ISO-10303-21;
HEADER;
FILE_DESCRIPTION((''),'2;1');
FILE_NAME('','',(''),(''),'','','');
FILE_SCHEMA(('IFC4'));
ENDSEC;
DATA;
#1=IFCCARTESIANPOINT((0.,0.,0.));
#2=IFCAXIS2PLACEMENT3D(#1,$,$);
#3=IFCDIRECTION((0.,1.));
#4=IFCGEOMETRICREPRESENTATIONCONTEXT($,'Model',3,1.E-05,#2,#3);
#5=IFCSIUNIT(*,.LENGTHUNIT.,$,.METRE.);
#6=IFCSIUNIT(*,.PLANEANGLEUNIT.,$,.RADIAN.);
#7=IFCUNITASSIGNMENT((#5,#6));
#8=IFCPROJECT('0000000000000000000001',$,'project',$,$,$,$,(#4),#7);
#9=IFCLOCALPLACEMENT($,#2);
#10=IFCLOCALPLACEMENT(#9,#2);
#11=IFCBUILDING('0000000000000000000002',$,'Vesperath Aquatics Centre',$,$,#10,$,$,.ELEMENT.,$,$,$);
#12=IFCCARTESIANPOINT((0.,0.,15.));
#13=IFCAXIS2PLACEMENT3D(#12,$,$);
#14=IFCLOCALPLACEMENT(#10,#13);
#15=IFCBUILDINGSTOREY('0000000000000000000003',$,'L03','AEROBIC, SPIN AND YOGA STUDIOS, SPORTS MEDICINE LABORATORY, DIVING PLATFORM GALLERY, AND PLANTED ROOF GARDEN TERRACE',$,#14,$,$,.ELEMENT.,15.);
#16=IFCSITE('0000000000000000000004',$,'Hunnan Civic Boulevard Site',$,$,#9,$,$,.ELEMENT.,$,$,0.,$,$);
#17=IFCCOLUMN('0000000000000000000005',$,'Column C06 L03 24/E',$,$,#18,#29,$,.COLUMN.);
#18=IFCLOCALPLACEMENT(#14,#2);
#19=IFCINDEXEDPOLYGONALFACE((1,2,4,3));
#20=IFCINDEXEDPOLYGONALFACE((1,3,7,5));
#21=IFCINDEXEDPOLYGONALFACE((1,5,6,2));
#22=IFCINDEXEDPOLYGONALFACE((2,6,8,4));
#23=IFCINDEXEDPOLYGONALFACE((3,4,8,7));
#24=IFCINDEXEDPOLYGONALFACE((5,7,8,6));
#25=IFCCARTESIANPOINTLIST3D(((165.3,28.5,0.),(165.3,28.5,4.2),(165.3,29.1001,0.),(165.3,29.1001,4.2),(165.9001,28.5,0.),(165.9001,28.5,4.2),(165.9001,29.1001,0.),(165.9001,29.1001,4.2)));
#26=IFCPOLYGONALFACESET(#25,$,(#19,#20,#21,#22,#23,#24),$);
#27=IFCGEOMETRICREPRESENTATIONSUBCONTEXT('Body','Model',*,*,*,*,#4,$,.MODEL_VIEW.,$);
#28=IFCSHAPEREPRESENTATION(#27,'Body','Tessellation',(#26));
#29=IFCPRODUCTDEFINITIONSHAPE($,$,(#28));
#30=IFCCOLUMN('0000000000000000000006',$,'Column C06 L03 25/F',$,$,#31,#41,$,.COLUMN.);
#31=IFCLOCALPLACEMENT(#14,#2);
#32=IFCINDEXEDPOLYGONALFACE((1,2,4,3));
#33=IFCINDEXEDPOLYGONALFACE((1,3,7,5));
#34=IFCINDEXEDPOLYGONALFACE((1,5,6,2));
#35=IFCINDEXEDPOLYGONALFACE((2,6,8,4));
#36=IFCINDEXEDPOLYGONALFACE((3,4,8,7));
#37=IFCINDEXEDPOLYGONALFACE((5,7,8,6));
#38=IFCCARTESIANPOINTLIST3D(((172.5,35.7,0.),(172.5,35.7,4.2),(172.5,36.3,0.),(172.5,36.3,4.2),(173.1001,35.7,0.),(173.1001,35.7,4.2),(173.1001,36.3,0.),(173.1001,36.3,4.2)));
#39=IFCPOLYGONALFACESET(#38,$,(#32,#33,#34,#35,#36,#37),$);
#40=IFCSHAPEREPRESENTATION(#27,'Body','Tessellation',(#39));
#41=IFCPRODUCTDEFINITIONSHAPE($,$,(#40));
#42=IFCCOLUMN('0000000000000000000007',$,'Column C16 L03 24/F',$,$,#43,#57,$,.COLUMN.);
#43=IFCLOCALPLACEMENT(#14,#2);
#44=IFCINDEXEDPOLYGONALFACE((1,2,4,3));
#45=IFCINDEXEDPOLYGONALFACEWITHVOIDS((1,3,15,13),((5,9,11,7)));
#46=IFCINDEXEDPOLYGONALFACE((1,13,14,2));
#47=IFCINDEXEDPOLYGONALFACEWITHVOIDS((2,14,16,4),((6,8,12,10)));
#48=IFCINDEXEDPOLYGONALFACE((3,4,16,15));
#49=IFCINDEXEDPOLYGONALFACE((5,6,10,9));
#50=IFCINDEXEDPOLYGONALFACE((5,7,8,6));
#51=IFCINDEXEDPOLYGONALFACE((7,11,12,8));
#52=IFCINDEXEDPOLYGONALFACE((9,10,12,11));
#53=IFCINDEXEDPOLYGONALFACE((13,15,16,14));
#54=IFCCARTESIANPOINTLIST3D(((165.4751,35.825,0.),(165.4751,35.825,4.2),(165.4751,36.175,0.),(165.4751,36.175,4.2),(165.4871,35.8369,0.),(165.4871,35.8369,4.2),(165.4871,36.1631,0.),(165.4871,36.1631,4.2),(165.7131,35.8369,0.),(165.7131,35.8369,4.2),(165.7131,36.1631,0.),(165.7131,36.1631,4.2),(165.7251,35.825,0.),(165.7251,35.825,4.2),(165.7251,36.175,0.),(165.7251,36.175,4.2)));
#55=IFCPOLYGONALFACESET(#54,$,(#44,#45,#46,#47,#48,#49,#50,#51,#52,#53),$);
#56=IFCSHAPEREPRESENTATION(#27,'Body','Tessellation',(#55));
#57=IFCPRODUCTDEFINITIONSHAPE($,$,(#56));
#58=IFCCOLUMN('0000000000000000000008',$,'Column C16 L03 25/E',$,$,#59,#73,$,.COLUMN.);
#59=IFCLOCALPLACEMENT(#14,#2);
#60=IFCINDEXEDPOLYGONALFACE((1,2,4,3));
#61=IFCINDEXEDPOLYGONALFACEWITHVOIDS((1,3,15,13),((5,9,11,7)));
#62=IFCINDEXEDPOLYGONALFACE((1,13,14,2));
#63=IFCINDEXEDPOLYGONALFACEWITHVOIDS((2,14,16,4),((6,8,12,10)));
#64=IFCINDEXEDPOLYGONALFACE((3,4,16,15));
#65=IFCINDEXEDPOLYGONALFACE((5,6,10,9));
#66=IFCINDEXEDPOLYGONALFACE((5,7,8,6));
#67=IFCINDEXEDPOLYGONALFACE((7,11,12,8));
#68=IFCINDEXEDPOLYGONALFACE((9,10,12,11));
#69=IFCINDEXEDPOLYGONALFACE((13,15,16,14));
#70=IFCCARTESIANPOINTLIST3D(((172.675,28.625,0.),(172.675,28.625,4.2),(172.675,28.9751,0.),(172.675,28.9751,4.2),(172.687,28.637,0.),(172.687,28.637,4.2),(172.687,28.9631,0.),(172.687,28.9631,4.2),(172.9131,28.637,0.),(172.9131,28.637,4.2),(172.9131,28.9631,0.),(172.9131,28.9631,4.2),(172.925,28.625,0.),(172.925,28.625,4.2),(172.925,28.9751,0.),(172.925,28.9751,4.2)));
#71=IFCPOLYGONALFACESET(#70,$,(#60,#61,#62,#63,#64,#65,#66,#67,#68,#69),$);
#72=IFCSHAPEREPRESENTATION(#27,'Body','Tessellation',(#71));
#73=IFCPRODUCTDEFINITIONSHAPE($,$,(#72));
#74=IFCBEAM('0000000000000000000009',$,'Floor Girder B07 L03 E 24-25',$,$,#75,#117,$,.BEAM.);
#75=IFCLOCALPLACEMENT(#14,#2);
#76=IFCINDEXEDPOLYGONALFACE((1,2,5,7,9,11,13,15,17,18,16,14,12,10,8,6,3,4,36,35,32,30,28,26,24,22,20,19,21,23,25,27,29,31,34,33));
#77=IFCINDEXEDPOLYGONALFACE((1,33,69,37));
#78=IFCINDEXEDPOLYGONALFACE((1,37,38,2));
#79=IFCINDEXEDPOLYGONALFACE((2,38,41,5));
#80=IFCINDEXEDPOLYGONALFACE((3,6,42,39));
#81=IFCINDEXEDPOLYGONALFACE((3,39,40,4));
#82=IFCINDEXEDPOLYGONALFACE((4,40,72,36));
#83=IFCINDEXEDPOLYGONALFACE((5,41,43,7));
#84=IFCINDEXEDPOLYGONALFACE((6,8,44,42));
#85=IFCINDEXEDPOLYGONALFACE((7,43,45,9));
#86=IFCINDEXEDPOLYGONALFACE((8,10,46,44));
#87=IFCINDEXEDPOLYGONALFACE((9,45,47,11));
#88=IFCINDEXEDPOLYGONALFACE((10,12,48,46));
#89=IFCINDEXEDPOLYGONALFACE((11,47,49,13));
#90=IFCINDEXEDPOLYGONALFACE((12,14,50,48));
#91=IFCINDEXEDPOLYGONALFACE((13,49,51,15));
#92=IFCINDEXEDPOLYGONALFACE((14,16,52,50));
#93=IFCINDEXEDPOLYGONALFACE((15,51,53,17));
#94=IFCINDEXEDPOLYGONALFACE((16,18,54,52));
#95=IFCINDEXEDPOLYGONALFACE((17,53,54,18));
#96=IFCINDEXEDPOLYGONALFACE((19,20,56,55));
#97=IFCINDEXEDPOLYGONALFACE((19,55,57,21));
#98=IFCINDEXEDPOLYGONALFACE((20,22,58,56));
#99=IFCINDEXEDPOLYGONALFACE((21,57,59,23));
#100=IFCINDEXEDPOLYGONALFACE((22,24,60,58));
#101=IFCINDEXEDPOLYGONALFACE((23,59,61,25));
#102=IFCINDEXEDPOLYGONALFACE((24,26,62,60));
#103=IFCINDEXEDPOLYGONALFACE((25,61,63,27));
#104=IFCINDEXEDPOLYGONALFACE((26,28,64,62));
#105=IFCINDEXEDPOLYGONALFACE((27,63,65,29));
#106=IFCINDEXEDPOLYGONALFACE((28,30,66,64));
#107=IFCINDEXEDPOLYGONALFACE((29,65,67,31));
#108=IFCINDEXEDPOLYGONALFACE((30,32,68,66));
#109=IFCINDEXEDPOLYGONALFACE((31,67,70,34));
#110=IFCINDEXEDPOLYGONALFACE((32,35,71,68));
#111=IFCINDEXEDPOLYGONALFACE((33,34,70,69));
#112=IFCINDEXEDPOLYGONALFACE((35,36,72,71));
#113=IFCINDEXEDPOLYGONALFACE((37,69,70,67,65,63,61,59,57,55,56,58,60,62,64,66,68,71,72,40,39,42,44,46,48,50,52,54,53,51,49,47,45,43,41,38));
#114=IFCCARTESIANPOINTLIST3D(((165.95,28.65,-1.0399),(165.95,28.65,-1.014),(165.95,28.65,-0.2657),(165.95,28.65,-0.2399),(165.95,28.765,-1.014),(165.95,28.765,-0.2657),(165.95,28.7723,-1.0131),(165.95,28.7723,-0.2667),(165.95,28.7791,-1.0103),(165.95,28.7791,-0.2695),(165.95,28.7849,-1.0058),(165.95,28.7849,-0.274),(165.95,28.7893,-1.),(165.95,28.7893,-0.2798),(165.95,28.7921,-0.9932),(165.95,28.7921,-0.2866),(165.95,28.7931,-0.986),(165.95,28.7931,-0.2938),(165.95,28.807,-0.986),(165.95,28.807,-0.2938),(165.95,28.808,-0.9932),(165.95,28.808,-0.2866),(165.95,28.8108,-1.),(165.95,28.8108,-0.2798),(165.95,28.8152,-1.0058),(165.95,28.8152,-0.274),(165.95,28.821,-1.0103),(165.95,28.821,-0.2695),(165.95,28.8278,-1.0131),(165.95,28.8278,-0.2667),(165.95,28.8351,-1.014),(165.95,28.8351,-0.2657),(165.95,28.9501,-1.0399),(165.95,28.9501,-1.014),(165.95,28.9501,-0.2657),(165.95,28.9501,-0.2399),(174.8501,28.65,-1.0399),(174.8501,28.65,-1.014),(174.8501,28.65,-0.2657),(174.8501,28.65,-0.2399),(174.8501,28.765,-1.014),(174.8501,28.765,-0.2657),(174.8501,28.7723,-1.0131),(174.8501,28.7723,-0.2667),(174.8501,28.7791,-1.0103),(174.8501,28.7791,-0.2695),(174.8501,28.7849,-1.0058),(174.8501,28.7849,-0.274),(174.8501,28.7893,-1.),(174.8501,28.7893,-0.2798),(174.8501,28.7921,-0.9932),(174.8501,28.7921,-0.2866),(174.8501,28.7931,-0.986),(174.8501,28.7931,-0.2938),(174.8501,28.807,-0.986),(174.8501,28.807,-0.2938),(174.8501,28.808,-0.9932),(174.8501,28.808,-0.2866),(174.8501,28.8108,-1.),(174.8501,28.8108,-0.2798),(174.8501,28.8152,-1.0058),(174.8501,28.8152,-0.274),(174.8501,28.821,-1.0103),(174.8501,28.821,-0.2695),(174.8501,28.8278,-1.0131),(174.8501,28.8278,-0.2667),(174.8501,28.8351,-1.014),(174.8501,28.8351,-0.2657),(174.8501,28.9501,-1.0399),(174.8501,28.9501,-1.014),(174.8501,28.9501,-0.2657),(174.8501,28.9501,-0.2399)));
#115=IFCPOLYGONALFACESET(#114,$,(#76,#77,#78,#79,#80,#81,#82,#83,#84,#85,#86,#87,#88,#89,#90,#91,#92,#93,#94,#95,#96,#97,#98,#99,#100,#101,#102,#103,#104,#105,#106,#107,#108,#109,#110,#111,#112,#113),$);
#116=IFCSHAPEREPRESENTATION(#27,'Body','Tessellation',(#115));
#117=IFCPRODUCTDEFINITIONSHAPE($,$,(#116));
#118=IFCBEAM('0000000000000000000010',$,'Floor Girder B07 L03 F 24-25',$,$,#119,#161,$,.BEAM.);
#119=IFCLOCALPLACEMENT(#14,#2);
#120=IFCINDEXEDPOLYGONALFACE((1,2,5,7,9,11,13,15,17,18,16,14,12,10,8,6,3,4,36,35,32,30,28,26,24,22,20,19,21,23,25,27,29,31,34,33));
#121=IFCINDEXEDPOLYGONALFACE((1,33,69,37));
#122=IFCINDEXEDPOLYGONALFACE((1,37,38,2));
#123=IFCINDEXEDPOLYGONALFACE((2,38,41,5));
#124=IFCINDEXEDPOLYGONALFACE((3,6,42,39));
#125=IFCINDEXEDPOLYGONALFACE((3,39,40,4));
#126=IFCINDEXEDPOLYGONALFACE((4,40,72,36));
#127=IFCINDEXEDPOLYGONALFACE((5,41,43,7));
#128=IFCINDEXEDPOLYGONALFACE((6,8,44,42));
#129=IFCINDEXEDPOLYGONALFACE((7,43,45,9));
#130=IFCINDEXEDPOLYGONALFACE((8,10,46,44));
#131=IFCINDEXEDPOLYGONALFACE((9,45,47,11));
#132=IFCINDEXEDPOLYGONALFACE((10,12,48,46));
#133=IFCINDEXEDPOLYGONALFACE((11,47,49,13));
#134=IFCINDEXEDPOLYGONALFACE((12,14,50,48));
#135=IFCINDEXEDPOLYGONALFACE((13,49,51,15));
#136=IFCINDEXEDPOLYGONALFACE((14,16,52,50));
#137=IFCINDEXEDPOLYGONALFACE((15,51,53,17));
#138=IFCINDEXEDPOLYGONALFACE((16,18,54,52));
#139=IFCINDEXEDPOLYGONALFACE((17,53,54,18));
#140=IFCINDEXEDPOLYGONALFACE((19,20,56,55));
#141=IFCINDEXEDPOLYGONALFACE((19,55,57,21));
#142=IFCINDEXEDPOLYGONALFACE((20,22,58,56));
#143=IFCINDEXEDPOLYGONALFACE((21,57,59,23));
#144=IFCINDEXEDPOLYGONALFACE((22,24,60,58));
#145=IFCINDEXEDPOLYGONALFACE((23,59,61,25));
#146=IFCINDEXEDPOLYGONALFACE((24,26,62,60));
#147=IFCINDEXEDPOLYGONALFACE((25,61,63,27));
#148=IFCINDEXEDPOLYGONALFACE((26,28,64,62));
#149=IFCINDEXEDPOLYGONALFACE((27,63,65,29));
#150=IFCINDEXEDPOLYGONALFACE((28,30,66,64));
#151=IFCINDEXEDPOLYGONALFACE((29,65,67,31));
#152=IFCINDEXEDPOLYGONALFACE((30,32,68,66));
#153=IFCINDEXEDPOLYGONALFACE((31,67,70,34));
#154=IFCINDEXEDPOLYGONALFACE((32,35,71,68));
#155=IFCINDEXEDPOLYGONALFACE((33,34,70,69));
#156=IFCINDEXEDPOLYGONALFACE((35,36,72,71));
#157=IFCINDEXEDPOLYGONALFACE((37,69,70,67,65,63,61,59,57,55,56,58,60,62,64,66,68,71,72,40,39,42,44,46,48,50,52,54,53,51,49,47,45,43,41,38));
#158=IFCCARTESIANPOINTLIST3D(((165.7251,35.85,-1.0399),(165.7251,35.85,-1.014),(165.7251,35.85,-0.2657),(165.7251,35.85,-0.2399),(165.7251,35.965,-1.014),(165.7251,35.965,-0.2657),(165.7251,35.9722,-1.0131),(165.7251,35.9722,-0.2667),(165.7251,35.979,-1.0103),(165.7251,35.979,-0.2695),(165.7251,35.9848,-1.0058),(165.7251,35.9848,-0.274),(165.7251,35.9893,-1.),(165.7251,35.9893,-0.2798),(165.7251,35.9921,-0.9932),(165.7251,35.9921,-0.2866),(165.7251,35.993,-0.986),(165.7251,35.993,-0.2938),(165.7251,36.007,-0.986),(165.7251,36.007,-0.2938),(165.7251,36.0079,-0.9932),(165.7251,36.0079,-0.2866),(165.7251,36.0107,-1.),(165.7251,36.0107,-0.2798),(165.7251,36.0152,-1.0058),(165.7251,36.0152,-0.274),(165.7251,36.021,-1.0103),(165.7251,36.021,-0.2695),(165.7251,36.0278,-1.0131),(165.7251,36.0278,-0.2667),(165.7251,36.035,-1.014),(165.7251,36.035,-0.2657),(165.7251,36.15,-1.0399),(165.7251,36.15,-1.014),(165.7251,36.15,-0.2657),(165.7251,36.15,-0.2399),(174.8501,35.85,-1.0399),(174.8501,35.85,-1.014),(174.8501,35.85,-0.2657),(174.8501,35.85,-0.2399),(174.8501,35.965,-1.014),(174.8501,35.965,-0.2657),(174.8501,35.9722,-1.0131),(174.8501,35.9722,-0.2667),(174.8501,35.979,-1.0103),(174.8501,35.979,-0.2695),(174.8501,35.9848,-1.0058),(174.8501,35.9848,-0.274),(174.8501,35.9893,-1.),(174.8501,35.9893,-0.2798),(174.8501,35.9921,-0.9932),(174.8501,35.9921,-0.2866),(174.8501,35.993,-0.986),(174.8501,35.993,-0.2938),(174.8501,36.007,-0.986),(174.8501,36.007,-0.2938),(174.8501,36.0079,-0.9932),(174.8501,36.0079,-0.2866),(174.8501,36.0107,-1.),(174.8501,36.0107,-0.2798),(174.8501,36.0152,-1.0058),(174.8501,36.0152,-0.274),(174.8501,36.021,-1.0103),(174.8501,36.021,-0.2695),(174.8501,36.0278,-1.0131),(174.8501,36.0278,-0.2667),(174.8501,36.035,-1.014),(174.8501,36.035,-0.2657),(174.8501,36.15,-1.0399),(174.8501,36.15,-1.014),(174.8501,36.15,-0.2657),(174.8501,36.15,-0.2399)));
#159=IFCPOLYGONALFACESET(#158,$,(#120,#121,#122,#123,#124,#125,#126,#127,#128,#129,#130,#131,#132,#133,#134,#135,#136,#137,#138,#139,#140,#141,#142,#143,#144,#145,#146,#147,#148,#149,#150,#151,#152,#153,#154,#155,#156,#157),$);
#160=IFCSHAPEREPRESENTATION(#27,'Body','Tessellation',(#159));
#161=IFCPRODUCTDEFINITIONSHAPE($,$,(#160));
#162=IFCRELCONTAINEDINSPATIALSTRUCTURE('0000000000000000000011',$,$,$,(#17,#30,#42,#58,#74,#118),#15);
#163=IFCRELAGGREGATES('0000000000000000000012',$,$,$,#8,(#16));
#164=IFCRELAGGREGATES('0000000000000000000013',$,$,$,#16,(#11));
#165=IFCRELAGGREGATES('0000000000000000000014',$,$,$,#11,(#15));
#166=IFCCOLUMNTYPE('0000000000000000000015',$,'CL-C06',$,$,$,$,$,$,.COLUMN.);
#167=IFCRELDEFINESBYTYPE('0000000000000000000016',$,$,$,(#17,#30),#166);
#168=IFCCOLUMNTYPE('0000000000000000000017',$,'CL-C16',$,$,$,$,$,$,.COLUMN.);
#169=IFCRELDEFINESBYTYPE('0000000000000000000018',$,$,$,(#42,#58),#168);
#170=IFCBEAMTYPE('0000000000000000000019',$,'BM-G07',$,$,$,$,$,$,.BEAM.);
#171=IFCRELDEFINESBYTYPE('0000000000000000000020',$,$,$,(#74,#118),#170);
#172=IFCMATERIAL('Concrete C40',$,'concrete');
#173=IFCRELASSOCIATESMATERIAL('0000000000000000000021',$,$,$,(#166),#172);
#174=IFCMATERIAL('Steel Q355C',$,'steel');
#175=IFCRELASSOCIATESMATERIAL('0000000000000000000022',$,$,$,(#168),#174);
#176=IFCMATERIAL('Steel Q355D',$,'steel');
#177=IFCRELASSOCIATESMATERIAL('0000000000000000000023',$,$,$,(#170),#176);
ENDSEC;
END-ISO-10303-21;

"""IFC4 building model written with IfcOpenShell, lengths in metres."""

from ifc_helpers import new_model, si_unit, direction, frame, origin, origin_2d, place, context, subcontext, project, spatial, rectangle, hollow_rectangle, i_section, extrude, material, material_profile, profile_set, type_object, element, save


model = new_model("IFC4")

# Units and contexts
model_context = context("Model", 3, precision=1e-05, world=origin(), true_north=direction((0.0, 1.0)))
body_context = subcontext(model_context, "Body", "Model", "MODEL_VIEW")
ifc_project = project(units=[si_unit("LENGTHUNIT", "METRE"), si_unit("PLANEANGLEUNIT", "RADIAN")], contexts=[model_context])

# Site, building, storey
site_placement = place(None, origin())
site = spatial("IfcSite", under=ifc_project, at=site_placement, Name="Hunnan Civic Boulevard Site", CompositionType="ELEMENT", RefElevation=0.0)
building_placement = place(site_placement, origin())
building = spatial("IfcBuilding", under=site, at=building_placement, Name="Vesperath Aquatics Centre", CompositionType="ELEMENT")
storey_placement = place(building_placement, frame((0.0, 0.0, 15.0)))
storey = spatial("IfcBuildingStorey", under=building, at=storey_placement, Name="L03", Description="AEROBIC, SPIN AND YOGA STUDIOS, SPORTS MEDICINE LABORATORY, DIVING PLATFORM GALLERY, AND PLANTED ROOF GARDEN TERRACE", CompositionType="ELEMENT", Elevation=15.0)

# Columns
ifc_material_1 = material(Name="Concrete C40", Category="concrete")
ifc_material_profile_1 = material_profile(ifc_material_1, rectangle(XDim=0.6001, YDim=0.6001, at=origin_2d()), Name="RC 600x600")
ifc_profile_set_1 = profile_set([ifc_material_profile_1], Name="Concrete C40")
column_type_1 = type_object("IfcColumnType", Name="CL-C06", PredefinedType="COLUMN", material=ifc_profile_set_1)
for number, where, z_axis, x_axis, name in (
    (1, (165.6001, 28.8, 0.0), (0.0, 0.0, 1.0), (1.0, 0.0, 0.0), "Column C06 L03 24/E"),
    (2, (172.8, 36.0, 0.0), (0.0, 0.0, 1.0), (1.0, 0.0, 0.0), "Column C06 L03 25/F"),
):
    element("IfcColumn", number, at=place(storey_placement, frame(where, z_axis=z_axis, x_axis=x_axis)), inside=storey, type_object=column_type_1, Name=name, PredefinedType="COLUMN", context=body_context, shape_type="SweptSolid", body=[
        extrude(rectangle(XDim=0.6001, YDim=0.6001, at=origin_2d()), origin(), (0.0, 0.0, 1.0), 4.2),
    ])
ifc_material_2 = material(Name="Steel Q355C", Category="steel")
ifc_material_profile_2 = material_profile(ifc_material_2, hollow_rectangle(XDim=0.25, YDim=0.3501, WallThickness=0.012, at=origin_2d()), Name="RHS 350x250x12")
ifc_profile_set_2 = profile_set([ifc_material_profile_2], Name="Steel Q355C")
column_type_2 = type_object("IfcColumnType", Name="CL-C16", PredefinedType="COLUMN", material=ifc_profile_set_2)
for number, where, z_axis, x_axis, name in (
    (3, (165.6001, 36.0, 0.0), (0.0, 0.0, 1.0), (1.0, 0.0, 0.0), "Column C16 L03 24/F"),
    (4, (172.8, 28.8, 0.0), (0.0, 0.0, 1.0), (1.0, 0.0, 0.0), "Column C16 L03 25/E"),
):
    element("IfcColumn", number, at=place(storey_placement, frame(where, z_axis=z_axis, x_axis=x_axis)), inside=storey, type_object=column_type_2, Name=name, PredefinedType="COLUMN", context=body_context, shape_type="SweptSolid", body=[
        extrude(hollow_rectangle(XDim=0.25, YDim=0.3501, WallThickness=0.012, at=origin_2d()), origin(), (0.0, 0.0, 1.0), 4.2),
    ])

# Beams
ifc_material_3 = material(Name="Steel Q355D", Category="steel")
ifc_material_profile_3 = material_profile(ifc_material_3, i_section(OverallWidth=0.3, OverallDepth=0.8, WebThickness=0.0139, FlangeThickness=0.0259, FilletRadius=0.0281, at=origin_2d()), Name="HN 800x300x14x26")
ifc_profile_set_3 = profile_set([ifc_material_profile_3], Name="Steel Q355D")
beam_type_1 = type_object("IfcBeamType", Name="BM-G07", PredefinedType="BEAM", material=ifc_profile_set_3)
beam_1_placement = place(storey_placement, frame((165.95, 28.8, -0.6399), z_axis=(1.0, 0.0, 0.0), x_axis=(0.0, 1.0, 0.0)))
element("IfcBeam", 5, at=beam_1_placement, inside=storey, type_object=beam_type_1, Name="Floor Girder B07 L03 E 24-25", PredefinedType="BEAM", context=body_context, shape_type="SweptSolid", body=[
    extrude(i_section(OverallWidth=0.3, OverallDepth=0.8, WebThickness=0.0139, FlangeThickness=0.0259, FilletRadius=0.0281, at=origin_2d()), origin(), (0.0, 0.0, 1.0), 8.9001),
])
beam_2_placement = place(storey_placement, frame((165.7251, 36.0, -0.6399), z_axis=(1.0, 0.0, 0.0), x_axis=(0.0, 1.0, 0.0)))
element("IfcBeam", 6, at=beam_2_placement, inside=storey, type_object=beam_type_1, Name="Floor Girder B07 L03 F 24-25", PredefinedType="BEAM", context=body_context, shape_type="SweptSolid", body=[
    extrude(i_section(OverallWidth=0.3, OverallDepth=0.8, WebThickness=0.0139, FlangeThickness=0.0259, FilletRadius=0.0281, at=origin_2d()), origin(), (0.0, 0.0, 1.0), 9.125),
])

save(model, "model.ifc")
